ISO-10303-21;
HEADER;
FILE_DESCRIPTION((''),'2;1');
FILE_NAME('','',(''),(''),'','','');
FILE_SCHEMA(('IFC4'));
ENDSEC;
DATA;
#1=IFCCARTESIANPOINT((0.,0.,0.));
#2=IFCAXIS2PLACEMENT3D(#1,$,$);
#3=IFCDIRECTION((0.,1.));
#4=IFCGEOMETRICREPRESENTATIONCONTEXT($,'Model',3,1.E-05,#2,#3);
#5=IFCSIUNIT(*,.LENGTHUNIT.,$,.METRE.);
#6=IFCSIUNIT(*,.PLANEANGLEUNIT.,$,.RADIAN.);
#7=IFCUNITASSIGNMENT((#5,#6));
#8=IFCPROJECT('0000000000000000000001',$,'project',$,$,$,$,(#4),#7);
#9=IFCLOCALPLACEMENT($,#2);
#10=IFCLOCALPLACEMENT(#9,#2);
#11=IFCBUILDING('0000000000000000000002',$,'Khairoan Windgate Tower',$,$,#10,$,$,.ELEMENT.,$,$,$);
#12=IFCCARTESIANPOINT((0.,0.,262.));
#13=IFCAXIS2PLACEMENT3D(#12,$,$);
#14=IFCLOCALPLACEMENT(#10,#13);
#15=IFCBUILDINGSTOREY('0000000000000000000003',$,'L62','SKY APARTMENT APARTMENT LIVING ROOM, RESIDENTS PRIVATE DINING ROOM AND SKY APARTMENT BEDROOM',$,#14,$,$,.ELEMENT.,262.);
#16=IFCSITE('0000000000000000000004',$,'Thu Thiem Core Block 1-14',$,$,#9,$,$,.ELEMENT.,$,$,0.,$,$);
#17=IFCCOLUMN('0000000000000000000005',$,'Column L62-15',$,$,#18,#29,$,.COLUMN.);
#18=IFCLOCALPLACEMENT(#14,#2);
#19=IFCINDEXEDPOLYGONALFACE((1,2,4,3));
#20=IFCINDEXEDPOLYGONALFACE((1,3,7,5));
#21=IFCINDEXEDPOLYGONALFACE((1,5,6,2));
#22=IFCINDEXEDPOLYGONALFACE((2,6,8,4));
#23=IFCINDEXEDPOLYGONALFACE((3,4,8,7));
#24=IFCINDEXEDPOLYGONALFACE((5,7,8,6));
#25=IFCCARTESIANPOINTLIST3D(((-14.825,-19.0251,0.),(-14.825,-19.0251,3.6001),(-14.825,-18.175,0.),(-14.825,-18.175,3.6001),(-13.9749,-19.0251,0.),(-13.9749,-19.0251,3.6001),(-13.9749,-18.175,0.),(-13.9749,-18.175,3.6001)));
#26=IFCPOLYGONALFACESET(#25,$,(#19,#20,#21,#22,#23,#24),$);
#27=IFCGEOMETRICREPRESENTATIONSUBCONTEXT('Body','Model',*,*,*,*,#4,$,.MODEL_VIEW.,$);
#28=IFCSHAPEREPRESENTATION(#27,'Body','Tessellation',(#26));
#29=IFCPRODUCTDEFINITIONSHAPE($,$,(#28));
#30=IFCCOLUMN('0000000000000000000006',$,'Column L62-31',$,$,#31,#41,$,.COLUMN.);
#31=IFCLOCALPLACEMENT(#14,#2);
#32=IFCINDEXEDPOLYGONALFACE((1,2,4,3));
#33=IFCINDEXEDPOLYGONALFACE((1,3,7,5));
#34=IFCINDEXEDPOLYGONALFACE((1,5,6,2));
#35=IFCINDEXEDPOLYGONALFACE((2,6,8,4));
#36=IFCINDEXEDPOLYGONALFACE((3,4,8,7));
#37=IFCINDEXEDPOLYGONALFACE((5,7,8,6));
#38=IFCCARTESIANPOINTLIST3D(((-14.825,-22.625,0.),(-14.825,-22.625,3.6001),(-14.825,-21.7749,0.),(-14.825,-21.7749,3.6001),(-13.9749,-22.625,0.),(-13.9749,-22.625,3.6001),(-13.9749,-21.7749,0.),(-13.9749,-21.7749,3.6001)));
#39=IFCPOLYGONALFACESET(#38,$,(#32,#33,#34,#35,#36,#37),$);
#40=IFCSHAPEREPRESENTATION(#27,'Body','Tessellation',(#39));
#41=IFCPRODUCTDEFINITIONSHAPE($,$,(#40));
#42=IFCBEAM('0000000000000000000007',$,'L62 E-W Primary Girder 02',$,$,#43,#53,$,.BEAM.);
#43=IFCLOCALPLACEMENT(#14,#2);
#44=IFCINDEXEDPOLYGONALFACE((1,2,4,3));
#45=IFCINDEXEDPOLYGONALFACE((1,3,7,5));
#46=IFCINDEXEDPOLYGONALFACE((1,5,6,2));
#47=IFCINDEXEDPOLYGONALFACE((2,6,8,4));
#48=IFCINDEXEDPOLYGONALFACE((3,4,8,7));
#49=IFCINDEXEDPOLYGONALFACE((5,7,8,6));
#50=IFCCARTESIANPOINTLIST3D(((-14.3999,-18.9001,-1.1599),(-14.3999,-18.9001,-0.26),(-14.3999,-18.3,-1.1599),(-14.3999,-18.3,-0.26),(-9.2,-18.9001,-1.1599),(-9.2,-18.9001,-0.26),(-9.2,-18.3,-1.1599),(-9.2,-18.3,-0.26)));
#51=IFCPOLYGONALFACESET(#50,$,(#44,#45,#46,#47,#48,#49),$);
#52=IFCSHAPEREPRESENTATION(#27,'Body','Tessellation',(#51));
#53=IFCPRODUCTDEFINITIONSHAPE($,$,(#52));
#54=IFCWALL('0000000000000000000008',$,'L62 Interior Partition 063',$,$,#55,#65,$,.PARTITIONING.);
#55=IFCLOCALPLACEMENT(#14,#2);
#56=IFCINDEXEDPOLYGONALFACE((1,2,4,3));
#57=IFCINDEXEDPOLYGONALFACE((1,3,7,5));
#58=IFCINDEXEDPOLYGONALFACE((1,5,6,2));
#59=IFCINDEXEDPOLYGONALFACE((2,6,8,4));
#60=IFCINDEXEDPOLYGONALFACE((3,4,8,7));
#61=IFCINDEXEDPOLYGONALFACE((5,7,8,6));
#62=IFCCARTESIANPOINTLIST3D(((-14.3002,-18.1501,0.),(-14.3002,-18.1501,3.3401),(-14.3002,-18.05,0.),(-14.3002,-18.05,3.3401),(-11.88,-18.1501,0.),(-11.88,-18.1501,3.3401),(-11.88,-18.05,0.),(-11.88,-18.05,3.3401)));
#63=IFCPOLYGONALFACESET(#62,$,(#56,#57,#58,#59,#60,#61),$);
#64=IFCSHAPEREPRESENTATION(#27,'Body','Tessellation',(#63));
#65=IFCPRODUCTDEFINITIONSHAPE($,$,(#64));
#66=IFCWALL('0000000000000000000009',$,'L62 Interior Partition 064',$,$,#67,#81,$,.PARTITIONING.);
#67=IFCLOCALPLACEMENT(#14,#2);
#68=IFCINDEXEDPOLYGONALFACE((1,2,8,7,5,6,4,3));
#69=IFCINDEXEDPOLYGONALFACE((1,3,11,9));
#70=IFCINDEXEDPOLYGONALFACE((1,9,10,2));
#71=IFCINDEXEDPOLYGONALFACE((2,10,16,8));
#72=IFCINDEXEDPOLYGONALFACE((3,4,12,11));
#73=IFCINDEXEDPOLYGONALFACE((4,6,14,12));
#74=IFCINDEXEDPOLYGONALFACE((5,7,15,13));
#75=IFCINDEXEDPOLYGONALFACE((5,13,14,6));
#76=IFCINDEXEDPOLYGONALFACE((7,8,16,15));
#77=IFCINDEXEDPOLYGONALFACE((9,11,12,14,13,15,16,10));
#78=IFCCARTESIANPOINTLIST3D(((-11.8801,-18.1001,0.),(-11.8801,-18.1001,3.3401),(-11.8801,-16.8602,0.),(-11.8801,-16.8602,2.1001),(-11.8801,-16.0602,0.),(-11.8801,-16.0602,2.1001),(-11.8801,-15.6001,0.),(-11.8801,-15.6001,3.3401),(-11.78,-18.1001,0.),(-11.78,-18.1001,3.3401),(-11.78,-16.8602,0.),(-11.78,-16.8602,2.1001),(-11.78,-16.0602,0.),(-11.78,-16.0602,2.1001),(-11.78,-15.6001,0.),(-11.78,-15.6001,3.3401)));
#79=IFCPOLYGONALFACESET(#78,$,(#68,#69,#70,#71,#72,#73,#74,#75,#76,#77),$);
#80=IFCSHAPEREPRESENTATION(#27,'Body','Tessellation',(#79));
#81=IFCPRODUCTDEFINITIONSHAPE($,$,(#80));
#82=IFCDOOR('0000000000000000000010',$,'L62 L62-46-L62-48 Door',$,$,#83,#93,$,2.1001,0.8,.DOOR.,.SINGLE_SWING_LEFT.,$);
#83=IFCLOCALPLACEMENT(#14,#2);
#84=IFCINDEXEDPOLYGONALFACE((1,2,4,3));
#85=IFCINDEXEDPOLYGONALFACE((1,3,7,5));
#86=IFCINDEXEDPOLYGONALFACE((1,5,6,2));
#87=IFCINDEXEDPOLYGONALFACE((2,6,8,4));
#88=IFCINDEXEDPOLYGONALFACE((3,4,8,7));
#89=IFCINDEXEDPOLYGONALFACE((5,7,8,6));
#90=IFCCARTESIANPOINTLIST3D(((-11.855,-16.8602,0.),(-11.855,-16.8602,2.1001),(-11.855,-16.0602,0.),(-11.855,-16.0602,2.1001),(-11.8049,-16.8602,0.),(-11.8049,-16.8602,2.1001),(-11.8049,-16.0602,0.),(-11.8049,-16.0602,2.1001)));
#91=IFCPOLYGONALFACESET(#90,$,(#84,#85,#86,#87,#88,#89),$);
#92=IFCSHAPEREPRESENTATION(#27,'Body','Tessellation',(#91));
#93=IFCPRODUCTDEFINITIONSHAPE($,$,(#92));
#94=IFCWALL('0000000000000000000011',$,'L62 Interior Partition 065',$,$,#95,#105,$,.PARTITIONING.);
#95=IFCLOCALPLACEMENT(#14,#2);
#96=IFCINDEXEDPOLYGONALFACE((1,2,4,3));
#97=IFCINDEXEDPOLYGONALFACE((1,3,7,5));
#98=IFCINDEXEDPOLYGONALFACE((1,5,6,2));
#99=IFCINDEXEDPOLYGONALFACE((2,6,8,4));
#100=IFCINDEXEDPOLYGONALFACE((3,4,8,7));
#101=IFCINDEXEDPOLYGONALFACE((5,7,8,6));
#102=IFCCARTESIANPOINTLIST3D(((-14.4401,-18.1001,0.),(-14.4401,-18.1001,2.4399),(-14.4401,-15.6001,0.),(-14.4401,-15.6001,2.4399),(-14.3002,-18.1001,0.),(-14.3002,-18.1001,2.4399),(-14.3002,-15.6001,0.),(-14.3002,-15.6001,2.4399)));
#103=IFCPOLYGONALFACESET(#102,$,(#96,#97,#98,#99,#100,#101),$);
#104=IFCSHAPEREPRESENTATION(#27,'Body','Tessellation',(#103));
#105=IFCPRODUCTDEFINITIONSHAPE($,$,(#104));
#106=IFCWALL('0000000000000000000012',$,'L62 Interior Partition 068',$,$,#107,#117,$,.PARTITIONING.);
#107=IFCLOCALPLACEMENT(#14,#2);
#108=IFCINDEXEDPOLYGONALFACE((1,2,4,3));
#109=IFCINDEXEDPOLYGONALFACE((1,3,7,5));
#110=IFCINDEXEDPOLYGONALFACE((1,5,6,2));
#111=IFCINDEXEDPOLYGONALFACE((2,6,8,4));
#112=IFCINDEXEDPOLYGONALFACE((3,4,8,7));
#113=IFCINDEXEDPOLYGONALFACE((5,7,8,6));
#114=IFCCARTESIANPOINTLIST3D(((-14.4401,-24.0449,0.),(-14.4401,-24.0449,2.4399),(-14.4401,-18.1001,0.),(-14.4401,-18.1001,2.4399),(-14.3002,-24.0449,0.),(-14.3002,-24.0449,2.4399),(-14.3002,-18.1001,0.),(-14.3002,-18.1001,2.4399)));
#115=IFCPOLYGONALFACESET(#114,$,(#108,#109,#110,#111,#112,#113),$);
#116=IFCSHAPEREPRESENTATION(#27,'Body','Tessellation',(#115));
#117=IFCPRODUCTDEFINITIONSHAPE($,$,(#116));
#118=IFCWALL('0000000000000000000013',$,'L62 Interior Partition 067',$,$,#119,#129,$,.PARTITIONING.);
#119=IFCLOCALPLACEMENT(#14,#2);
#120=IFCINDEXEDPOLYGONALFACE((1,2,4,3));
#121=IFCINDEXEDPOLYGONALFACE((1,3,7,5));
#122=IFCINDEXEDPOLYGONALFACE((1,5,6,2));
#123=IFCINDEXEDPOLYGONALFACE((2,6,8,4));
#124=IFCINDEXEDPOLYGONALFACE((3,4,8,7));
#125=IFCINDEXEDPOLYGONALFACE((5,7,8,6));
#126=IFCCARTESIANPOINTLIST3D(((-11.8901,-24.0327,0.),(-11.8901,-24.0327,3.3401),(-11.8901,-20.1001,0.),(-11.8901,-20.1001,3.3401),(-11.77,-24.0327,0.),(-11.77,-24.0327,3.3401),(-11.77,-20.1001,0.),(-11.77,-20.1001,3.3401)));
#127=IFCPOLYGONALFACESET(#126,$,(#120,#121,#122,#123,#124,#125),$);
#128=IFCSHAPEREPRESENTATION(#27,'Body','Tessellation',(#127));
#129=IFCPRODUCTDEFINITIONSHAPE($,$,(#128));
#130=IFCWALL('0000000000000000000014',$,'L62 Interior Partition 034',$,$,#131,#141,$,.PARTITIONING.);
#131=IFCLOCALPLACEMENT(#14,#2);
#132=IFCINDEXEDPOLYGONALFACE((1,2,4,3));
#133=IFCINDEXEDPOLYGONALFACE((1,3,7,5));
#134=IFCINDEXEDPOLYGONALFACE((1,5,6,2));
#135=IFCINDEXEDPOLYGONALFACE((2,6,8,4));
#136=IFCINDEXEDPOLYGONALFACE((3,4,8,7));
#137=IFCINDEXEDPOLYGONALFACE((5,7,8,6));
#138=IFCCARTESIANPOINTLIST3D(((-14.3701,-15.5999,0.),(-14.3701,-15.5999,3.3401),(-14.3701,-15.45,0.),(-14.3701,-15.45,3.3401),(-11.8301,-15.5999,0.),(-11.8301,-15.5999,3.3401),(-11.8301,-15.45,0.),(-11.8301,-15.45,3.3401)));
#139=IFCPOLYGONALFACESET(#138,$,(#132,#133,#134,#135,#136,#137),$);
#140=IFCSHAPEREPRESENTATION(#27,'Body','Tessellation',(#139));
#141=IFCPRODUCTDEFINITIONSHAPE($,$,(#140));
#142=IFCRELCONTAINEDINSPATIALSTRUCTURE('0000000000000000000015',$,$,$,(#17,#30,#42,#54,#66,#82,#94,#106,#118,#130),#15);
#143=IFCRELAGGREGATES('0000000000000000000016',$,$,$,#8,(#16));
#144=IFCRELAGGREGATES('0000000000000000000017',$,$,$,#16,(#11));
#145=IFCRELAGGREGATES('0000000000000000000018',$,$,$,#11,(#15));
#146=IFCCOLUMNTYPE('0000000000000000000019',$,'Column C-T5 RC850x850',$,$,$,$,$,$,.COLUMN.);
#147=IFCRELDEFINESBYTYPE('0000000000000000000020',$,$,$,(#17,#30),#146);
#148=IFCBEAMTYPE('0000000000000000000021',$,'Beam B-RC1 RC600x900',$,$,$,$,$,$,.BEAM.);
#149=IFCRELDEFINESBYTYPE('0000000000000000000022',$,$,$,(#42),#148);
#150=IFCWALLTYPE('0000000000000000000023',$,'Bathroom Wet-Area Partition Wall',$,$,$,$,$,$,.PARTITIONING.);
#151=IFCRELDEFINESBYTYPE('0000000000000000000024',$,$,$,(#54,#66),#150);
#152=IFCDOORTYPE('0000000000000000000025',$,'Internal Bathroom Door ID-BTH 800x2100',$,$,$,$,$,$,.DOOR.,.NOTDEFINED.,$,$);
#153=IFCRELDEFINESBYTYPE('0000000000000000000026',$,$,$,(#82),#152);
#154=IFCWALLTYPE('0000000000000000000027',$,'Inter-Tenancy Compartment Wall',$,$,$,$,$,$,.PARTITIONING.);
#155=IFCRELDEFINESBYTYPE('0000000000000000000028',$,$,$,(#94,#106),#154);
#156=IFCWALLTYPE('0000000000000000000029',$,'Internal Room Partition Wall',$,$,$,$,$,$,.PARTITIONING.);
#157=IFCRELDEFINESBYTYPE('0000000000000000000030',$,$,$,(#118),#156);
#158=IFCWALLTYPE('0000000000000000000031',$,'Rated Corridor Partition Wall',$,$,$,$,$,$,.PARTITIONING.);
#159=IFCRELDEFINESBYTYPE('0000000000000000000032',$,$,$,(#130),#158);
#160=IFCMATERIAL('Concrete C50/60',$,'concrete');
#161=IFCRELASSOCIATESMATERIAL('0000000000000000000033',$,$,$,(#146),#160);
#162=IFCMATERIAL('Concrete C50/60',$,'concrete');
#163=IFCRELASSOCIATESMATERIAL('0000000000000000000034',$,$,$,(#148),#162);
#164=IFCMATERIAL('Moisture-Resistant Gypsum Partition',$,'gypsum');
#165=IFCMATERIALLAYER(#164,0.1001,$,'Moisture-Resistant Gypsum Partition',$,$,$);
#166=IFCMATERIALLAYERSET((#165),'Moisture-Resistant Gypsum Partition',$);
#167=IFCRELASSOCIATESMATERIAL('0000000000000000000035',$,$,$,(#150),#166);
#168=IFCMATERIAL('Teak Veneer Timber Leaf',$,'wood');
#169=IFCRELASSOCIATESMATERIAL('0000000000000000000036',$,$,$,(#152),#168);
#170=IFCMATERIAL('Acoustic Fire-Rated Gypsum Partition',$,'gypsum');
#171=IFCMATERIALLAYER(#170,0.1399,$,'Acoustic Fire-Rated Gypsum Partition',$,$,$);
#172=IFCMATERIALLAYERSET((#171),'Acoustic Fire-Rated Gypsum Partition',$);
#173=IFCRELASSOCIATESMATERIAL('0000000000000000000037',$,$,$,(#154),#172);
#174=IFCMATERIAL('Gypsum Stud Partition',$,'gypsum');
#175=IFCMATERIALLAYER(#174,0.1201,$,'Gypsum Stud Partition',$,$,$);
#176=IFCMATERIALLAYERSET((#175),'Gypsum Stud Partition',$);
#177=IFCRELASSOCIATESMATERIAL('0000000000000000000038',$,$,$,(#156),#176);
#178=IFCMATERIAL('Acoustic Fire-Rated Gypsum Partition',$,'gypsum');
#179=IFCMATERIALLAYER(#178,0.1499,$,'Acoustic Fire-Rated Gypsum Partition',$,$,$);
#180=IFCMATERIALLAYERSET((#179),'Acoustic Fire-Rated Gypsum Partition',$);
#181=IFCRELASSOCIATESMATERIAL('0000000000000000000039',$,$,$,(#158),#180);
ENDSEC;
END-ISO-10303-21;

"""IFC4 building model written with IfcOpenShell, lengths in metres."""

from ifc_helpers import new_model, si_unit, direction, frame, frame_2d, origin, origin_2d, place, context, subcontext, project, spatial, rectangle, extrude, material, layer, layer_set, material_profile, profile_set, type_object, element, fill, save


model = new_model("IFC4")

# Units and contexts
model_context = context("Model", 3, precision=1e-05, world=origin(), true_north=direction((0.0, 1.0)))
body_context = subcontext(model_context, "Body", "Model", "MODEL_VIEW")
ifc_project = project(units=[si_unit("LENGTHUNIT", "METRE"), si_unit("PLANEANGLEUNIT", "RADIAN")], contexts=[model_context])

# Site, building, storey
site_placement = place(None, origin())
site = spatial("IfcSite", under=ifc_project, at=site_placement, Name="Thu Thiem Core Block 1-14", CompositionType="ELEMENT", RefElevation=0.0)
building_placement = place(site_placement, origin())
building = spatial("IfcBuilding", under=site, at=building_placement, Name="Khairoan Windgate Tower", CompositionType="ELEMENT")
storey_placement = place(building_placement, frame((0.0, 0.0, 262.0)))
storey = spatial("IfcBuildingStorey", under=building, at=storey_placement, Name="L62", Description="SKY APARTMENT APARTMENT LIVING ROOM, RESIDENTS PRIVATE DINING ROOM AND SKY APARTMENT BEDROOM", CompositionType="ELEMENT", Elevation=262.0)

# Columns
ifc_material_1 = material(Name="Concrete C50/60", Category="concrete")
ifc_material_profile_1 = material_profile(ifc_material_1, rectangle(XDim=0.8501, YDim=0.8501, at=origin_2d()))
ifc_profile_set_1 = profile_set([ifc_material_profile_1], Name="Concrete C50/60")
column_type = type_object("IfcColumnType", Name="Column C-T5 RC850x850", PredefinedType="COLUMN", material=ifc_profile_set_1)
for number, where, z_axis, x_axis, name in (
    (1, (-14.3999, -18.6001, 0.0), (0.0, 0.0, 1.0), (1.0, 0.0, 0.0), "Column L62-15"),
    (2, (-14.3999, -22.2, 0.0), (0.0, 0.0, 1.0), (1.0, 0.0, 0.0), "Column L62-31"),
):
    element("IfcColumn", number, at=place(storey_placement, frame(where, z_axis=z_axis, x_axis=x_axis)), inside=storey, type_object=column_type, Name=name, PredefinedType="COLUMN", context=body_context, shape_type="SweptSolid", body=[
        extrude(rectangle(XDim=0.8501, YDim=0.8501, at=origin_2d()), origin(), (0.0, 0.0, 1.0), 3.6001),
    ])

# Beam
ifc_material_2 = material(Name="Concrete C50/60", Category="concrete")
ifc_material_profile_2 = material_profile(ifc_material_2, rectangle(XDim=0.6001, YDim=0.8999, at=origin_2d()))
ifc_profile_set_2 = profile_set([ifc_material_profile_2], Name="Concrete C50/60")
beam_type = type_object("IfcBeamType", Name="Beam B-RC1 RC600x900", PredefinedType="BEAM", material=ifc_profile_set_2)
beam_placement = place(storey_placement, frame((-14.3999, -18.6001, -0.71), z_axis=(1.0, 0.0, 0.0), x_axis=(0.0, 1.0, 0.0)))
element("IfcBeam", 3, at=beam_placement, inside=storey, type_object=beam_type, Name="L62 E-W Primary Girder 02", PredefinedType="BEAM", context=body_context, shape_type="SweptSolid", body=[
    extrude(rectangle(XDim=0.6001, YDim=0.8999, at=origin_2d()), origin(), (0.0, 0.0, 1.0), 5.2),
])

# Wall
ifc_material_3 = material(Name="Moisture-Resistant Gypsum Partition", Category="gypsum")
ifc_layer_1 = layer(ifc_material_3, 0.1001, Name="Moisture-Resistant Gypsum Partition")
ifc_layer_set_1 = layer_set([ifc_layer_1], Name="Moisture-Resistant Gypsum Partition")
wall_type_1 = type_object("IfcWallType", Name="Bathroom Wet-Area Partition Wall", PredefinedType="PARTITIONING", material=ifc_layer_set_1)
wall_1_placement = place(storey_placement, frame((-14.3, -18.1001, 0.0), z_axis=(0.0, 0.0, 1.0), x_axis=(1.0, 0.0, 0.0)))
element("IfcWall", 4, at=wall_1_placement, inside=storey, type_object=wall_type_1, Name="L62 Interior Partition 063", PredefinedType="PARTITIONING", context=body_context, shape_type="SweptSolid", body=[
    extrude(rectangle(XDim=2.4202, YDim=0.1001, at=frame_2d((1.21, 0.0))), origin(), (0.0, 0.0, 1.0), 3.3401),
])

# Wall, opening, door
wall_2_placement = place(storey_placement, frame((-11.8301, -18.1001, 0.0), z_axis=(0.0, 0.0, 1.0), x_axis=(0.0, 1.0, 0.0)))
wall_2 = element("IfcWall", 5, at=wall_2_placement, inside=storey, type_object=wall_type_1, Name="L62 Interior Partition 064", PredefinedType="PARTITIONING", context=body_context, shape_type="SweptSolid", body=[
    extrude(rectangle(XDim=2.5, YDim=0.1001, at=frame_2d((1.25, 0.0))), origin(), (0.0, 0.0, 1.0), 3.3401),
])
opening_1_placement = place(wall_2_placement, frame((1.24, 0.0, 0.0)))
opening_1 = element("IfcOpeningElement", 6, at=opening_1_placement, cuts=wall_2, PredefinedType="OPENING", context=body_context, shape_type="SweptSolid", body=[
    extrude(rectangle(XDim=0.8, YDim=2.1001, at=frame_2d((0.3999, 1.05))), frame((0.0, 0.0601, 0.0), z_axis=(0.0, -1.0, 0.0), x_axis=(1.0, 0.0, 0.0)), (0.0, 0.0, 1.0), 0.1201),
])
ifc_material_4 = material(Name="Teak Veneer Timber Leaf", Category="wood")
door_type_1 = type_object("IfcDoorType", Name="Internal Bathroom Door ID-BTH 800x2100", OperationType="NOTDEFINED", PredefinedType="DOOR", material=ifc_material_4)
door_1_placement = place(opening_1_placement, origin())
door_1 = element("IfcDoor", 7, at=door_1_placement, inside=storey, type_object=door_type_1, Name="L62 L62-46-L62-48 Door", OperationType="SINGLE_SWING_LEFT", OverallHeight=2.1001, OverallWidth=0.8, PredefinedType="DOOR", context=body_context, shape_type="SweptSolid", body=[
    extrude(rectangle(XDim=0.8, YDim=2.1001, at=frame_2d((0.3999, 1.05))), frame((0.0, 0.0249, 0.0), z_axis=(0.0, -1.0, 0.0), x_axis=(1.0, 0.0, 0.0)), (0.0, 0.0, 1.0), 0.05),
])
fill(opening_1, door_1)

# Walls
ifc_material_5 = material(Name="Acoustic Fire-Rated Gypsum Partition", Category="gypsum")
ifc_layer_2 = layer(ifc_material_5, 0.1399, Name="Acoustic Fire-Rated Gypsum Partition")
ifc_layer_set_2 = layer_set([ifc_layer_2], Name="Acoustic Fire-Rated Gypsum Partition")
wall_type_2 = type_object("IfcWallType", Name="Inter-Tenancy Compartment Wall", PredefinedType="PARTITIONING", material=ifc_layer_set_2)
wall_3_placement = place(storey_placement, frame((-14.3701, -18.1001, 0.0), z_axis=(0.0, 0.0, 1.0), x_axis=(0.0, 1.0, 0.0)))
element("IfcWall", 8, at=wall_3_placement, inside=storey, type_object=wall_type_2, Name="L62 Interior Partition 065", PredefinedType="PARTITIONING", context=body_context, shape_type="SweptSolid", body=[
    extrude(rectangle(XDim=2.5, YDim=0.1399, at=frame_2d((1.25, 0.0))), origin(), (0.0, 0.0, 1.0), 2.4399),
])
wall_4_placement = place(storey_placement, frame((-14.3701, -24.0449, 0.0), z_axis=(0.0, 0.0, 1.0), x_axis=(0.0, 1.0, 0.0)))
element("IfcWall", 9, at=wall_4_placement, inside=storey, type_object=wall_type_2, Name="L62 Interior Partition 068", PredefinedType="PARTITIONING", context=body_context, shape_type="SweptSolid", body=[
    extrude(rectangle(XDim=5.9448, YDim=0.1399, at=frame_2d((2.9724, 0.0))), origin(), (0.0, 0.0, 1.0), 2.4399),
])

# Shared definitions
ifc_material_6 = material(Name="Gypsum Stud Partition", Category="gypsum")
ifc_layer_3 = layer(ifc_material_6, 0.1201, Name="Gypsum Stud Partition")
ifc_layer_set_3 = layer_set([ifc_layer_3], Name="Gypsum Stud Partition")
wall_type_3 = type_object("IfcWallType", Name="Internal Room Partition Wall", PredefinedType="PARTITIONING", material=ifc_layer_set_3)

# Walls
wall_5_placement = place(storey_placement, frame((-11.8301, -24.0327, 0.0), z_axis=(0.0, 0.0, 1.0), x_axis=(0.0, 1.0, 0.0)))
element("IfcWall", 10, at=wall_5_placement, inside=storey, type_object=wall_type_3, Name="L62 Interior Partition 067", PredefinedType="PARTITIONING", context=body_context, shape_type="SweptSolid", body=[
    extrude(rectangle(XDim=3.9326, YDim=0.1201, at=frame_2d((1.9663, 0.0))), origin(), (0.0, 0.0, 1.0), 3.3401),
])
ifc_material_7 = material(Name="Acoustic Fire-Rated Gypsum Partition", Category="gypsum")
ifc_layer_4 = layer(ifc_material_7, 0.1499, Name="Acoustic Fire-Rated Gypsum Partition")
ifc_layer_set_4 = layer_set([ifc_layer_4], Name="Acoustic Fire-Rated Gypsum Partition")
wall_type_4 = type_object("IfcWallType", Name="Rated Corridor Partition Wall", PredefinedType="PARTITIONING", material=ifc_layer_set_4)
wall_6_placement = place(storey_placement, frame((-14.3701, -15.5249, 0.0), z_axis=(0.0, 0.0, 1.0), x_axis=(1.0, 0.0, 0.0)))
element("IfcWall", 11, at=wall_6_placement, inside=storey, type_object=wall_type_4, Name="L62 Interior Partition 034", PredefinedType="PARTITIONING", context=body_context, shape_type="SweptSolid", body=[
    extrude(rectangle(XDim=2.54, YDim=0.1499, at=frame_2d((1.27, 0.0))), origin(), (0.0, 0.0, 1.0), 3.3401),
])

save(model, "model.ifc")
